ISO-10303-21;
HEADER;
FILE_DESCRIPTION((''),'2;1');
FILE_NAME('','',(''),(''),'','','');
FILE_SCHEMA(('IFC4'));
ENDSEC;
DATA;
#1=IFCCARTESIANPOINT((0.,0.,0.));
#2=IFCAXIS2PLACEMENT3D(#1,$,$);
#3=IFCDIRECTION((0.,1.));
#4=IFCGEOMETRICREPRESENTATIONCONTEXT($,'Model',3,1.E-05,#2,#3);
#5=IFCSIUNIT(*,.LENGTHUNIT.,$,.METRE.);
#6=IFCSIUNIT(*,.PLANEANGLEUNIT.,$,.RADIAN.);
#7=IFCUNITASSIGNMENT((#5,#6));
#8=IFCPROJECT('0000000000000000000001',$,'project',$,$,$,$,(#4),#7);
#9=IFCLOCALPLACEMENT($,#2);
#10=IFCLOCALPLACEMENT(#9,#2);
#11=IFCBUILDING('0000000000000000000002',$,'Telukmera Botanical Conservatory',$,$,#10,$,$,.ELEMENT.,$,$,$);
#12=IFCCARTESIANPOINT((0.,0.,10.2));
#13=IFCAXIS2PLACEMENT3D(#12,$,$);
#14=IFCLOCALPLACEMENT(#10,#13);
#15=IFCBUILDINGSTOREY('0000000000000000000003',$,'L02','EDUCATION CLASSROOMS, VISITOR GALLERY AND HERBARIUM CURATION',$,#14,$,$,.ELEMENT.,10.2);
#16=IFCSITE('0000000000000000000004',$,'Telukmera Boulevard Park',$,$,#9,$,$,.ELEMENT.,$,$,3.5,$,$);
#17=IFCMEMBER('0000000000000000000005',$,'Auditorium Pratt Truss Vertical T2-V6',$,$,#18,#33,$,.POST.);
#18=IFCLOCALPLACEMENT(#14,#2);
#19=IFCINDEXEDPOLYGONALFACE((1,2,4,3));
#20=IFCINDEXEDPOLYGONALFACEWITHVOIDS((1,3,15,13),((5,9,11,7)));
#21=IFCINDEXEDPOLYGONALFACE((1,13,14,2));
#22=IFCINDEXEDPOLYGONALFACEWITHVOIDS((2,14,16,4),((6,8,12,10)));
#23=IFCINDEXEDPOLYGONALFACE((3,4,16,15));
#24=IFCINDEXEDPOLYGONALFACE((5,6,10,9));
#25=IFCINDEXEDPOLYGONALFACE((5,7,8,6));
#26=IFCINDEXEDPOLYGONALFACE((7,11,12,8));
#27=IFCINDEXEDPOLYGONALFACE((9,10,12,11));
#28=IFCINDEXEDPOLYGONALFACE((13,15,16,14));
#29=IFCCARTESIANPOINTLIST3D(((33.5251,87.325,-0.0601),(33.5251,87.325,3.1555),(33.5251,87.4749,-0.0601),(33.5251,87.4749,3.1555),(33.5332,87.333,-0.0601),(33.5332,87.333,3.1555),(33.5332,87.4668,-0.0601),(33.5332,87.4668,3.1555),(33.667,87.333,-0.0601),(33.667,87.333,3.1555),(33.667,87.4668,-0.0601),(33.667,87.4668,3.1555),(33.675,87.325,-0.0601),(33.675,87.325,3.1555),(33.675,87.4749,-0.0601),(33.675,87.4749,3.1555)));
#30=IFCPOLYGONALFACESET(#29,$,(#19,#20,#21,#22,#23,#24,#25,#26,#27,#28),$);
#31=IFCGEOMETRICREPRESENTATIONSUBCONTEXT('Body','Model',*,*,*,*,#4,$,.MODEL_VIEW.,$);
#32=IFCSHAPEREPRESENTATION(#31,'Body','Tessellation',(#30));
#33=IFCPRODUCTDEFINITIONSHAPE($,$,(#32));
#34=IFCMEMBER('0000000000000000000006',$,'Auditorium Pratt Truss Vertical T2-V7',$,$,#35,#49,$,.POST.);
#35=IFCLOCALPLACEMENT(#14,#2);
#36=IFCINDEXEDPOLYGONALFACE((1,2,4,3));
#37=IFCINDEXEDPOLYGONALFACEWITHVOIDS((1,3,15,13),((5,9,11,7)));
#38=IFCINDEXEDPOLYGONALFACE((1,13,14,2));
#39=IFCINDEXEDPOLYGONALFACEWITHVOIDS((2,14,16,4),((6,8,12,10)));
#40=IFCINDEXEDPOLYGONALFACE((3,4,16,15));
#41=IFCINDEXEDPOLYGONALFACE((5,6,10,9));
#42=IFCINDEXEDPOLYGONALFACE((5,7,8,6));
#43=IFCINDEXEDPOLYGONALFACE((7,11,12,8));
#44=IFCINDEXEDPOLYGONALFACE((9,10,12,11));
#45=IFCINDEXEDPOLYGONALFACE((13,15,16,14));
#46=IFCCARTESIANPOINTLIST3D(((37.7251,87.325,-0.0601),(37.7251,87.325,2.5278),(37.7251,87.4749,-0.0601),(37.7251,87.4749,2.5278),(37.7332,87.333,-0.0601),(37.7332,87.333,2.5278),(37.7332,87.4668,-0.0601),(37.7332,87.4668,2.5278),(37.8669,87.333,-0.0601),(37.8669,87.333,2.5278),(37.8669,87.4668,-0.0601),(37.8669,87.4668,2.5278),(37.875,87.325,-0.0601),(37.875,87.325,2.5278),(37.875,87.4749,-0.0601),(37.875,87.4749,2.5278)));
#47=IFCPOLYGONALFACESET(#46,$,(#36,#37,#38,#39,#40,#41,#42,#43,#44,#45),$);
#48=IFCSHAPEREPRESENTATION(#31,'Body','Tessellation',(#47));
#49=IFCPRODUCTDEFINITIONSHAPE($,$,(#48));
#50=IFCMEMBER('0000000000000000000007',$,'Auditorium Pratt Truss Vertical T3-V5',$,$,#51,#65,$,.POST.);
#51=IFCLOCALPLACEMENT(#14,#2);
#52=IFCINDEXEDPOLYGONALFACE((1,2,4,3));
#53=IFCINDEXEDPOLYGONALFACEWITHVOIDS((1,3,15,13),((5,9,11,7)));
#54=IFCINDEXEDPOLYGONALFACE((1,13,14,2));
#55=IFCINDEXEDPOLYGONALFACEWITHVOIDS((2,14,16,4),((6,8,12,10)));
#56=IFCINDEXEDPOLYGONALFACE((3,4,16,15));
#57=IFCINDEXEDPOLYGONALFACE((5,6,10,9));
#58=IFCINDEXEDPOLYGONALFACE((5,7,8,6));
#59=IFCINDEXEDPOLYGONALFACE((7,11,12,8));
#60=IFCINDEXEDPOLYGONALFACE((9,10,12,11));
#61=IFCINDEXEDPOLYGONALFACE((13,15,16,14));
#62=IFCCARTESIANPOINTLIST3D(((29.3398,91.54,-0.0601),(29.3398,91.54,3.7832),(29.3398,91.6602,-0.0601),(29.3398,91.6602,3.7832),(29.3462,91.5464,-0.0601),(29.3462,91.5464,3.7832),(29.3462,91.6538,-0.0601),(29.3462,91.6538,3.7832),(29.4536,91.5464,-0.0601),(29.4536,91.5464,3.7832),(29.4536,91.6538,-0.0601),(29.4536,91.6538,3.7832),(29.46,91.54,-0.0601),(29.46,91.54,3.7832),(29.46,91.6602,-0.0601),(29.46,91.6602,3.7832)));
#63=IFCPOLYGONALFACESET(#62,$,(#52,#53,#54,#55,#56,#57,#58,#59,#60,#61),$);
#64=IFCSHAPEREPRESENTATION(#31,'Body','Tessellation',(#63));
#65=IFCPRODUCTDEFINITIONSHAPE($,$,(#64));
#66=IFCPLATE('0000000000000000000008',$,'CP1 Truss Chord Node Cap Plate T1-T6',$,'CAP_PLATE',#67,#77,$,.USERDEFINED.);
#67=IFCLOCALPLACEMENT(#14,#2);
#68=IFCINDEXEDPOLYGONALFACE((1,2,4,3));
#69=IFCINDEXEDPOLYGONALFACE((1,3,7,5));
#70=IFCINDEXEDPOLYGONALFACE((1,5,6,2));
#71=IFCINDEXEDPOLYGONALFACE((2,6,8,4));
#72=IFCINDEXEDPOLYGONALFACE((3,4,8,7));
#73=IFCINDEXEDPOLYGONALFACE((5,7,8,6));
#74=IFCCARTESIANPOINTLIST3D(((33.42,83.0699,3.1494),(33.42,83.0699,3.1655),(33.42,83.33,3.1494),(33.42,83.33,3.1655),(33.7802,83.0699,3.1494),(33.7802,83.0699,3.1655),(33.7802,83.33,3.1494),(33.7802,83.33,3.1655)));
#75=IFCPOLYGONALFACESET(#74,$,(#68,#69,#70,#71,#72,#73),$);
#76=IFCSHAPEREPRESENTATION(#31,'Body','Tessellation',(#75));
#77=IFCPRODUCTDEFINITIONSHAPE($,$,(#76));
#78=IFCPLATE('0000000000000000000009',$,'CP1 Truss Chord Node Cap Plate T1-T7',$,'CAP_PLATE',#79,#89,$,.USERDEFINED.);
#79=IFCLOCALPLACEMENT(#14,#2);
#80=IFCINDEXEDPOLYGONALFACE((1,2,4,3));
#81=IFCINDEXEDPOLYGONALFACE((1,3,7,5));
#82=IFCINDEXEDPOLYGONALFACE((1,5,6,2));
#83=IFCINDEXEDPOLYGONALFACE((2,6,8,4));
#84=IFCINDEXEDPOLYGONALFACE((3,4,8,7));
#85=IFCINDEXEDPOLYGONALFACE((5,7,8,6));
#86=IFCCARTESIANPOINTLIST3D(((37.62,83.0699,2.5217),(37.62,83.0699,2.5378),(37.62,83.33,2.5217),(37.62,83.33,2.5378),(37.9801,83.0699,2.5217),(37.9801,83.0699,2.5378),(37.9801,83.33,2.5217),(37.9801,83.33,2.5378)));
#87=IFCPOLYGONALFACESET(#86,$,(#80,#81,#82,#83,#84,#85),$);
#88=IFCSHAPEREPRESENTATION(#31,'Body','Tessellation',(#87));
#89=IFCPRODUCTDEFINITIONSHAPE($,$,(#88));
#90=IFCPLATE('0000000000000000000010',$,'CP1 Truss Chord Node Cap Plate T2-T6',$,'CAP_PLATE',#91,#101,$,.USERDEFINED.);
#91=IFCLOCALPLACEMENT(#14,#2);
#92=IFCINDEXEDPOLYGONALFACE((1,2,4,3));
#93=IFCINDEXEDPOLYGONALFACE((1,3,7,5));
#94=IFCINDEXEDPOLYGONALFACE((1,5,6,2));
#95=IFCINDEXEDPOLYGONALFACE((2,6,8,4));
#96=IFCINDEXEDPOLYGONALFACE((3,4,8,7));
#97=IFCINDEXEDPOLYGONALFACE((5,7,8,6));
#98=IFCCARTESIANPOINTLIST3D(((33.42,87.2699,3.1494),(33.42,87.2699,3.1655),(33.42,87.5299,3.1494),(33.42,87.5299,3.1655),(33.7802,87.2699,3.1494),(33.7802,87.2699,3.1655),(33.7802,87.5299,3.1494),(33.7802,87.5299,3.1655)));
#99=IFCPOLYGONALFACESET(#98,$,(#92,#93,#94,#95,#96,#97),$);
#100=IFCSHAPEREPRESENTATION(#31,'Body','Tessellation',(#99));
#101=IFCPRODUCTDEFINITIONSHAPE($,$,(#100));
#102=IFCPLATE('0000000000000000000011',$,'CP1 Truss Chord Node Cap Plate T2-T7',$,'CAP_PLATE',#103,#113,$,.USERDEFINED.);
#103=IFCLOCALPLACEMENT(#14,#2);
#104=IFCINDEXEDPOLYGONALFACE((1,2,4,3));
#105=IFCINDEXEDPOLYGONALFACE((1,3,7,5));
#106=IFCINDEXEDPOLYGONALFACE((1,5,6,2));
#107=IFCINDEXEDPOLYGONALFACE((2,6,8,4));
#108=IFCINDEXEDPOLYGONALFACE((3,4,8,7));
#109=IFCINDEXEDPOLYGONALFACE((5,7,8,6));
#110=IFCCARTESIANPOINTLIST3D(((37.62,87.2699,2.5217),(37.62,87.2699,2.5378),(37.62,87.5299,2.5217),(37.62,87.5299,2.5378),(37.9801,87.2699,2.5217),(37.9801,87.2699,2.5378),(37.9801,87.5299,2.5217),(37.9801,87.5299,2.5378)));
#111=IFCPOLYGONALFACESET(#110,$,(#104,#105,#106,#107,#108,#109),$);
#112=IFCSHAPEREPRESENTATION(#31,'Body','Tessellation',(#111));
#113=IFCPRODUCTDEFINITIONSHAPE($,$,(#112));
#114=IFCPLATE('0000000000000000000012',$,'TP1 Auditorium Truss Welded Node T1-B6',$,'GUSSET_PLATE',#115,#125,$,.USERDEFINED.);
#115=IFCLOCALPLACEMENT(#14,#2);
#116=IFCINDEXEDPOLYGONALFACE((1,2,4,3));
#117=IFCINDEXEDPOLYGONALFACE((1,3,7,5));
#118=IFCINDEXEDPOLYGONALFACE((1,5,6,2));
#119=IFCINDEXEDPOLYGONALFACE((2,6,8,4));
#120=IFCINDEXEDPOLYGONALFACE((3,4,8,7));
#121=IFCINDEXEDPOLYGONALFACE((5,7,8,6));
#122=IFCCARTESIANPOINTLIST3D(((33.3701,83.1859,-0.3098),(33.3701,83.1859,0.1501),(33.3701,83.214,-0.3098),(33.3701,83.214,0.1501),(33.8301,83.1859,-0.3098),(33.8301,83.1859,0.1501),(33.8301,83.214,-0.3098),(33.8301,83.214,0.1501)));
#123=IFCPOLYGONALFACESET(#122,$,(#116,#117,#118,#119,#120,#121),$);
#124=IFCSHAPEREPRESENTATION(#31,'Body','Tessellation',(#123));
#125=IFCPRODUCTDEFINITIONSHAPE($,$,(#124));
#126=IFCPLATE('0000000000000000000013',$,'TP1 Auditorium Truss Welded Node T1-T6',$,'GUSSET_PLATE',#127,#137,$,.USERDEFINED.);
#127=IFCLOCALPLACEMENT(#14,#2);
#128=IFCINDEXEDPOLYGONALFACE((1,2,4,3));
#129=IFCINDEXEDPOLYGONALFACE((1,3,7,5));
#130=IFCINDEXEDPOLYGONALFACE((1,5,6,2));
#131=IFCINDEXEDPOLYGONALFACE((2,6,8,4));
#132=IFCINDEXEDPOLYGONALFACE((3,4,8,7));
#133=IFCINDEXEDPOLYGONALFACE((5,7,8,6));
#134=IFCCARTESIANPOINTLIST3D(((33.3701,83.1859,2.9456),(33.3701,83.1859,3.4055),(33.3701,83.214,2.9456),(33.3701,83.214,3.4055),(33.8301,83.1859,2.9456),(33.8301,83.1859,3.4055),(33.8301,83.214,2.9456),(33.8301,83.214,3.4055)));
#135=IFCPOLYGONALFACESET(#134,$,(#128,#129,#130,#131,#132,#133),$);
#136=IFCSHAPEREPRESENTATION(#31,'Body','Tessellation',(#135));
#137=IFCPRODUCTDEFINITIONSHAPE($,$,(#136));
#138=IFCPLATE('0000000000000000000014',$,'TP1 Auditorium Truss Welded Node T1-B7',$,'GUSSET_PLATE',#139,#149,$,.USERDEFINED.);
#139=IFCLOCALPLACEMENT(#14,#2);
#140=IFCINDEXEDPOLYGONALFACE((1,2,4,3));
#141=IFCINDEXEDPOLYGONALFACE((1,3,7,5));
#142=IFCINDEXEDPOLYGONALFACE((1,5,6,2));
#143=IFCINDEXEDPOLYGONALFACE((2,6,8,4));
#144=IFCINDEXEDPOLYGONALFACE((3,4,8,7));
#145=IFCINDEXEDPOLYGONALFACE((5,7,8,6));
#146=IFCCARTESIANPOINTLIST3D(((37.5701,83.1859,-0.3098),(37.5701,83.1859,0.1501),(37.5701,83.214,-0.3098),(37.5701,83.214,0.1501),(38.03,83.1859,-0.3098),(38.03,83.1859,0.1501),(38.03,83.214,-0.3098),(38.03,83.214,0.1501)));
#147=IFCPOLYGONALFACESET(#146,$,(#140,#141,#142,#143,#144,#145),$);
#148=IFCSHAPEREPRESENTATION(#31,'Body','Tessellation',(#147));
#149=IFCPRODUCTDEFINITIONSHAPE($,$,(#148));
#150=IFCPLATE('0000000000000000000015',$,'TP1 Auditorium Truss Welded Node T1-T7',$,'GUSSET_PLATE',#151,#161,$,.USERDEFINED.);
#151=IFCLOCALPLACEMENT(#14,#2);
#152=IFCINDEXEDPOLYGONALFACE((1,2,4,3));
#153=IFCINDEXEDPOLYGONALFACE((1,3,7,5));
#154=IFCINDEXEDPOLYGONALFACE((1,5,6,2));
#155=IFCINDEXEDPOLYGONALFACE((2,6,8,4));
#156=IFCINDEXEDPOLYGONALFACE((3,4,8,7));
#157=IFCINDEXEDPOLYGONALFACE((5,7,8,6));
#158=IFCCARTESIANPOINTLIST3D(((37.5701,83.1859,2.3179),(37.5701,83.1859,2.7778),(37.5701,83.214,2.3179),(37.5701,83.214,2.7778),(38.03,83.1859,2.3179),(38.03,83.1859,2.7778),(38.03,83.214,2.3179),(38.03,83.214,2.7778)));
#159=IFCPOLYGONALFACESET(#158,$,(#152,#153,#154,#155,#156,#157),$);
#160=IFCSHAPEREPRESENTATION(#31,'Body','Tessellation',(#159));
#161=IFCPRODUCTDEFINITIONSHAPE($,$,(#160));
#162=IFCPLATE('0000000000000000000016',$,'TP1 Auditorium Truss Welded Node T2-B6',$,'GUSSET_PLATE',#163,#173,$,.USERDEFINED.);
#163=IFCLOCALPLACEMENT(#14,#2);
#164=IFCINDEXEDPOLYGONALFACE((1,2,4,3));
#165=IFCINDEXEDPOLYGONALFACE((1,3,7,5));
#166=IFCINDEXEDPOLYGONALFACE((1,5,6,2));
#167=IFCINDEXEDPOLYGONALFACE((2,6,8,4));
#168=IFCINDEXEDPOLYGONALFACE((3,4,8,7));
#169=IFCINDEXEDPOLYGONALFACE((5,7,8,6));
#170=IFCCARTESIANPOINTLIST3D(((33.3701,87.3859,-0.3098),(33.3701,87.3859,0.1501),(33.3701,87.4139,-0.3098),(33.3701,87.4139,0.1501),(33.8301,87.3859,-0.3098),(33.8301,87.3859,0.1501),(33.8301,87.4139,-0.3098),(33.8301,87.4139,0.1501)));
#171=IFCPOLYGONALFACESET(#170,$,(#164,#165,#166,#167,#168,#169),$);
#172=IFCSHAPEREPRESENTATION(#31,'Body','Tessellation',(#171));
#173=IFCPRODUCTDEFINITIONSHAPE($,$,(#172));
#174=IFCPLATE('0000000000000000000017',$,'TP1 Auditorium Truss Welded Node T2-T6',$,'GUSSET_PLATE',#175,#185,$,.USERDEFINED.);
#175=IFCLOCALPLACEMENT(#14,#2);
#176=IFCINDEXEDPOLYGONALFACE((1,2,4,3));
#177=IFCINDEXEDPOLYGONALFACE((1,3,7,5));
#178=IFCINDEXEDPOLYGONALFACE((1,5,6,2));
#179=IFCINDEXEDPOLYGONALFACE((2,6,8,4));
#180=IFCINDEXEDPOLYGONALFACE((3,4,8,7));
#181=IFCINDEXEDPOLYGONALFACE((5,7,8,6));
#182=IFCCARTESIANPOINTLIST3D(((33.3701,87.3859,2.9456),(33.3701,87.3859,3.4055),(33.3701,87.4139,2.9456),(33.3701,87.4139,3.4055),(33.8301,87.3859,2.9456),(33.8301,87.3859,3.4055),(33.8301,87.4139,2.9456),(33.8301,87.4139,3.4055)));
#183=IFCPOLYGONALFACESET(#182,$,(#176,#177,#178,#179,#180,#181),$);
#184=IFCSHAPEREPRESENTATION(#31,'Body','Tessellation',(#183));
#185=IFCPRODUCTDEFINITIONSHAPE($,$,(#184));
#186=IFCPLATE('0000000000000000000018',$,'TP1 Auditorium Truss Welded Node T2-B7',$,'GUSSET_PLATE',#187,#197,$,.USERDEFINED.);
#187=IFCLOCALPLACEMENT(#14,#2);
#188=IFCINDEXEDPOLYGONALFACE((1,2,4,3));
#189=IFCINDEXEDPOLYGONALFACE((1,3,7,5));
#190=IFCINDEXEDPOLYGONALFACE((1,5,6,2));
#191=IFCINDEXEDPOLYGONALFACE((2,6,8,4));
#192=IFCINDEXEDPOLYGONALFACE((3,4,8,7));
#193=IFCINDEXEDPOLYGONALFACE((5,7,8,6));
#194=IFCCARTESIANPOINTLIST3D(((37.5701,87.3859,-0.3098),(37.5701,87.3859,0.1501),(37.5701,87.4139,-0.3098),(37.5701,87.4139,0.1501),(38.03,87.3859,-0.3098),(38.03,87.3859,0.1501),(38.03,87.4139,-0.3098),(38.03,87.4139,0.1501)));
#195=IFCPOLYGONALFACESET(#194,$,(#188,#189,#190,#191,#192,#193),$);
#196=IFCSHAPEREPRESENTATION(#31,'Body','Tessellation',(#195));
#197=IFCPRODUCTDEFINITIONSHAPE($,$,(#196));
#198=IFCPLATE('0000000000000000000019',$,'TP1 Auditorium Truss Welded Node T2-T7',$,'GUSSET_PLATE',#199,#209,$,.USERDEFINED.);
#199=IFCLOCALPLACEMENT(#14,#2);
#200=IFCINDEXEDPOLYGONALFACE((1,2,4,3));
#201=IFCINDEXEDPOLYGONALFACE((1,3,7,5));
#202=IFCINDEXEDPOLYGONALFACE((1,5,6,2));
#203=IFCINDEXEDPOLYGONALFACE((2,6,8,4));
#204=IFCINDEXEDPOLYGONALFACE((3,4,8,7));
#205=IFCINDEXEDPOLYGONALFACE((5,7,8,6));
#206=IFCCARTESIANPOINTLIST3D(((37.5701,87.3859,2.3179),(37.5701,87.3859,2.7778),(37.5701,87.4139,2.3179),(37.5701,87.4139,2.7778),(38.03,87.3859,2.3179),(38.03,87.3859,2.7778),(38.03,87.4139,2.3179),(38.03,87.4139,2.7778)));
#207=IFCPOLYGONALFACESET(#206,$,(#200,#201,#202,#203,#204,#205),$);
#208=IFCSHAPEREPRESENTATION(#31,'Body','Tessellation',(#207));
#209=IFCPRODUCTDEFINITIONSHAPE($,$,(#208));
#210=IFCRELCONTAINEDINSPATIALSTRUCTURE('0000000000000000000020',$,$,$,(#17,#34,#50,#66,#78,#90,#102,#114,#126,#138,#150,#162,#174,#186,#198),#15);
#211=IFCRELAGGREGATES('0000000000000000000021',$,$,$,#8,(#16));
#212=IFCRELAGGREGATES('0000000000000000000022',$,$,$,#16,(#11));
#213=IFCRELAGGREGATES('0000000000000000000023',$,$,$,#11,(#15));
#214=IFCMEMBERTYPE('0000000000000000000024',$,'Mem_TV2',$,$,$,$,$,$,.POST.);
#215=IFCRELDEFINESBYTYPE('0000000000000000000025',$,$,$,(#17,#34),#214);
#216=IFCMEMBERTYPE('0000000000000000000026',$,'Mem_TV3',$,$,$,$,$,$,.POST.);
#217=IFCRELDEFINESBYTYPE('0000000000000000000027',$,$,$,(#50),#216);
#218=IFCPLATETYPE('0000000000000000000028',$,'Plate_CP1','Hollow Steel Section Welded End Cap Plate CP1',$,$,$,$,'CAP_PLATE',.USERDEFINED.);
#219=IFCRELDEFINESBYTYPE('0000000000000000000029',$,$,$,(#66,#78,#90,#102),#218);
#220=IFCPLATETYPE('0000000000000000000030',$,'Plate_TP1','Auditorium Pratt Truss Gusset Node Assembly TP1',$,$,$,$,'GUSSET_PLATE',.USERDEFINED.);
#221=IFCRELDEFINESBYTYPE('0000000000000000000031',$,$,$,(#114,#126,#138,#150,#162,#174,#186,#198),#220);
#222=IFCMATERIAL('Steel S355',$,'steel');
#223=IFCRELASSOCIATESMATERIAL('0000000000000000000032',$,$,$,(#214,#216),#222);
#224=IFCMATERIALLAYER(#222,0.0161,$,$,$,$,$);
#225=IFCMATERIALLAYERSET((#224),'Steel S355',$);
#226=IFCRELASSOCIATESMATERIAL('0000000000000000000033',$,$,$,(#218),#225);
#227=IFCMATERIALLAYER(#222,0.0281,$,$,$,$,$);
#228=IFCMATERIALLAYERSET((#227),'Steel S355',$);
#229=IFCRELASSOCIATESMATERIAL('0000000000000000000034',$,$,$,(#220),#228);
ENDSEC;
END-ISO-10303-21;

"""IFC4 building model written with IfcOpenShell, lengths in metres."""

from ifc_helpers import new_model, si_unit, direction, frame, origin, origin_2d, place, context, subcontext, project, spatial, rectangle, hollow_rectangle, extrude, material, layer, layer_set, material_profile, profile_set, type_object, element, save


model = new_model("IFC4")

# Units and contexts
model_context = context("Model", 3, precision=1e-05, world=origin(), true_north=direction((0.0, 1.0)))
body_context = subcontext(model_context, "Body", "Model", "MODEL_VIEW")
ifc_project = project(units=[si_unit("LENGTHUNIT", "METRE"), si_unit("PLANEANGLEUNIT", "RADIAN")], contexts=[model_context])

# Site, building, storey
site_placement = place(None, origin())
site = spatial("IfcSite", under=ifc_project, at=site_placement, Name="Telukmera Boulevard Park", CompositionType="ELEMENT", RefElevation=3.5)
building_placement = place(site_placement, origin())
building = spatial("IfcBuilding", under=site, at=building_placement, Name="Telukmera Botanical Conservatory", CompositionType="ELEMENT")
storey_placement = place(building_placement, frame((0.0, 0.0, 10.2)))
storey = spatial("IfcBuildingStorey", under=building, at=storey_placement, Name="L02", Description="EDUCATION CLASSROOMS, VISITOR GALLERY AND HERBARIUM CURATION", CompositionType="ELEMENT", Elevation=10.2)

# Members
ifc_material_1 = material(Name="Steel S355", Category="steel")
ifc_material_profile_1 = material_profile(ifc_material_1, hollow_rectangle(XDim=0.1499, YDim=0.1499, WallThickness=0.0081, at=origin_2d()), Name="SHS 150x150x8.0")
ifc_profile_set_1 = profile_set([ifc_material_profile_1], Name="Steel S355")
member_type_1 = type_object("IfcMemberType", Name="Mem_TV2", PredefinedType="POST", material=ifc_profile_set_1)
member_1_placement = place(storey_placement, frame((33.6001, 87.3999, -0.0601), z_axis=(0.0, 0.0, 1.0), x_axis=(1.0, 0.0, 0.0)))
element("IfcMember", 1, at=member_1_placement, inside=storey, type_object=member_type_1, Name="Auditorium Pratt Truss Vertical T2-V6", PredefinedType="POST", context=body_context, shape_type="SweptSolid", body=[
    extrude(hollow_rectangle(XDim=0.1499, YDim=0.1499, WallThickness=0.0081, at=origin_2d()), origin(), (0.0, 0.0, 1.0), 3.2156),
])
member_2_placement = place(storey_placement, frame((37.8, 87.3999, -0.0601), z_axis=(0.0, 0.0, 1.0), x_axis=(1.0, 0.0, 0.0)))
element("IfcMember", 2, at=member_2_placement, inside=storey, type_object=member_type_1, Name="Auditorium Pratt Truss Vertical T2-V7", PredefinedType="POST", context=body_context, shape_type="SweptSolid", body=[
    extrude(hollow_rectangle(XDim=0.1499, YDim=0.1499, WallThickness=0.0081, at=origin_2d()), origin(), (0.0, 0.0, 1.0), 2.5879),
])
ifc_material_profile_2 = material_profile(ifc_material_1, hollow_rectangle(XDim=0.1201, YDim=0.1201, WallThickness=0.0063, at=origin_2d()), Name="SHS 120x120x6.3")
ifc_profile_set_2 = profile_set([ifc_material_profile_2], Name="Steel S355")
member_type_2 = type_object("IfcMemberType", Name="Mem_TV3", PredefinedType="POST", material=ifc_profile_set_2)
member_3_placement = place(storey_placement, frame((29.3999, 91.6001, -0.0601), z_axis=(0.0, 0.0, 1.0), x_axis=(1.0, 0.0, 0.0)))
element("IfcMember", 3, at=member_3_placement, inside=storey, type_object=member_type_2, Name="Auditorium Pratt Truss Vertical T3-V5", PredefinedType="POST", context=body_context, shape_type="SweptSolid", body=[
    extrude(hollow_rectangle(XDim=0.1201, YDim=0.1201, WallThickness=0.0063, at=origin_2d()), origin(), (0.0, 0.0, 1.0), 3.8433),
])

# Plates
ifc_layer_1 = layer(ifc_material_1, 0.0161)
ifc_layer_set_1 = layer_set([ifc_layer_1], Name="Steel S355")
plate_type_1 = type_object("IfcPlateType", Name="Plate_CP1", Description="Hollow Steel Section Welded End Cap Plate CP1", ElementType="CAP_PLATE", PredefinedType="USERDEFINED", material=ifc_layer_set_1)
for number, where, z_axis, x_axis, name in (
    (4, (33.6001, 83.2, 3.1494), (0.0, 0.0, 1.0), (1.0, 0.0, 0.0), "CP1 Truss Chord Node Cap Plate T1-T6"),
    (5, (37.8, 83.2, 2.5217), (0.0, 0.0, 1.0), (1.0, 0.0, 0.0), "CP1 Truss Chord Node Cap Plate T1-T7"),
    (6, (33.6001, 87.3999, 3.1494), (0.0, 0.0, 1.0), (1.0, 0.0, 0.0), "CP1 Truss Chord Node Cap Plate T2-T6"),
    (7, (37.8, 87.3999, 2.5217), (0.0, 0.0, 1.0), (1.0, 0.0, 0.0), "CP1 Truss Chord Node Cap Plate T2-T7"),
):
    element("IfcPlate", number, at=place(storey_placement, frame(where, z_axis=z_axis, x_axis=x_axis)), inside=storey, type_object=plate_type_1, Name=name, ObjectType="CAP_PLATE", PredefinedType="USERDEFINED", context=body_context, shape_type="SweptSolid", body=[
        extrude(rectangle(XDim=0.3601, YDim=0.26, at=origin_2d()), origin(), (0.0, 0.0, 1.0), 0.0161),
    ])
ifc_layer_2 = layer(ifc_material_1, 0.0281)
ifc_layer_set_2 = layer_set([ifc_layer_2], Name="Steel S355")
plate_type_2 = type_object("IfcPlateType", Name="Plate_TP1", Description="Auditorium Pratt Truss Gusset Node Assembly TP1", ElementType="GUSSET_PLATE", PredefinedType="USERDEFINED", material=ifc_layer_set_2)
for number, where, z_axis, x_axis, name in (
    (8, (33.6001, 83.2, -0.3098), (0.0, 0.0, 1.0), (1.0, 0.0, 0.0), "TP1 Auditorium Truss Welded Node T1-B6"),
    (9, (33.6001, 83.2, 2.9456), (0.0, 0.0, 1.0), (1.0, 0.0, 0.0), "TP1 Auditorium Truss Welded Node T1-T6"),
    (10, (37.8, 83.2, -0.3098), (0.0, 0.0, 1.0), (1.0, 0.0, 0.0), "TP1 Auditorium Truss Welded Node T1-B7"),
    (11, (37.8, 83.2, 2.3179), (0.0, 0.0, 1.0), (1.0, 0.0, 0.0), "TP1 Auditorium Truss Welded Node T1-T7"),
    (12, (33.6001, 87.3999, -0.3098), (0.0, 0.0, 1.0), (1.0, 0.0, 0.0), "TP1 Auditorium Truss Welded Node T2-B6"),
    (13, (33.6001, 87.3999, 2.9456), (0.0, 0.0, 1.0), (1.0, 0.0, 0.0), "TP1 Auditorium Truss Welded Node T2-T6"),
    (14, (37.8, 87.3999, -0.3098), (0.0, 0.0, 1.0), (1.0, 0.0, 0.0), "TP1 Auditorium Truss Welded Node T2-B7"),
    (15, (37.8, 87.3999, 2.3179), (0.0, 0.0, 1.0), (1.0, 0.0, 0.0), "TP1 Auditorium Truss Welded Node T2-T7"),
):
    element("IfcPlate", number, at=place(storey_placement, frame(where, z_axis=z_axis, x_axis=x_axis)), inside=storey, type_object=plate_type_2, Name=name, ObjectType="GUSSET_PLATE", PredefinedType="USERDEFINED", context=body_context, shape_type="SweptSolid", body=[
        extrude(rectangle(XDim=0.46, YDim=0.0281, at=origin_2d()), origin(), (0.0, 0.0, 1.0), 0.46),
    ])

save(model, "model.ifc")
